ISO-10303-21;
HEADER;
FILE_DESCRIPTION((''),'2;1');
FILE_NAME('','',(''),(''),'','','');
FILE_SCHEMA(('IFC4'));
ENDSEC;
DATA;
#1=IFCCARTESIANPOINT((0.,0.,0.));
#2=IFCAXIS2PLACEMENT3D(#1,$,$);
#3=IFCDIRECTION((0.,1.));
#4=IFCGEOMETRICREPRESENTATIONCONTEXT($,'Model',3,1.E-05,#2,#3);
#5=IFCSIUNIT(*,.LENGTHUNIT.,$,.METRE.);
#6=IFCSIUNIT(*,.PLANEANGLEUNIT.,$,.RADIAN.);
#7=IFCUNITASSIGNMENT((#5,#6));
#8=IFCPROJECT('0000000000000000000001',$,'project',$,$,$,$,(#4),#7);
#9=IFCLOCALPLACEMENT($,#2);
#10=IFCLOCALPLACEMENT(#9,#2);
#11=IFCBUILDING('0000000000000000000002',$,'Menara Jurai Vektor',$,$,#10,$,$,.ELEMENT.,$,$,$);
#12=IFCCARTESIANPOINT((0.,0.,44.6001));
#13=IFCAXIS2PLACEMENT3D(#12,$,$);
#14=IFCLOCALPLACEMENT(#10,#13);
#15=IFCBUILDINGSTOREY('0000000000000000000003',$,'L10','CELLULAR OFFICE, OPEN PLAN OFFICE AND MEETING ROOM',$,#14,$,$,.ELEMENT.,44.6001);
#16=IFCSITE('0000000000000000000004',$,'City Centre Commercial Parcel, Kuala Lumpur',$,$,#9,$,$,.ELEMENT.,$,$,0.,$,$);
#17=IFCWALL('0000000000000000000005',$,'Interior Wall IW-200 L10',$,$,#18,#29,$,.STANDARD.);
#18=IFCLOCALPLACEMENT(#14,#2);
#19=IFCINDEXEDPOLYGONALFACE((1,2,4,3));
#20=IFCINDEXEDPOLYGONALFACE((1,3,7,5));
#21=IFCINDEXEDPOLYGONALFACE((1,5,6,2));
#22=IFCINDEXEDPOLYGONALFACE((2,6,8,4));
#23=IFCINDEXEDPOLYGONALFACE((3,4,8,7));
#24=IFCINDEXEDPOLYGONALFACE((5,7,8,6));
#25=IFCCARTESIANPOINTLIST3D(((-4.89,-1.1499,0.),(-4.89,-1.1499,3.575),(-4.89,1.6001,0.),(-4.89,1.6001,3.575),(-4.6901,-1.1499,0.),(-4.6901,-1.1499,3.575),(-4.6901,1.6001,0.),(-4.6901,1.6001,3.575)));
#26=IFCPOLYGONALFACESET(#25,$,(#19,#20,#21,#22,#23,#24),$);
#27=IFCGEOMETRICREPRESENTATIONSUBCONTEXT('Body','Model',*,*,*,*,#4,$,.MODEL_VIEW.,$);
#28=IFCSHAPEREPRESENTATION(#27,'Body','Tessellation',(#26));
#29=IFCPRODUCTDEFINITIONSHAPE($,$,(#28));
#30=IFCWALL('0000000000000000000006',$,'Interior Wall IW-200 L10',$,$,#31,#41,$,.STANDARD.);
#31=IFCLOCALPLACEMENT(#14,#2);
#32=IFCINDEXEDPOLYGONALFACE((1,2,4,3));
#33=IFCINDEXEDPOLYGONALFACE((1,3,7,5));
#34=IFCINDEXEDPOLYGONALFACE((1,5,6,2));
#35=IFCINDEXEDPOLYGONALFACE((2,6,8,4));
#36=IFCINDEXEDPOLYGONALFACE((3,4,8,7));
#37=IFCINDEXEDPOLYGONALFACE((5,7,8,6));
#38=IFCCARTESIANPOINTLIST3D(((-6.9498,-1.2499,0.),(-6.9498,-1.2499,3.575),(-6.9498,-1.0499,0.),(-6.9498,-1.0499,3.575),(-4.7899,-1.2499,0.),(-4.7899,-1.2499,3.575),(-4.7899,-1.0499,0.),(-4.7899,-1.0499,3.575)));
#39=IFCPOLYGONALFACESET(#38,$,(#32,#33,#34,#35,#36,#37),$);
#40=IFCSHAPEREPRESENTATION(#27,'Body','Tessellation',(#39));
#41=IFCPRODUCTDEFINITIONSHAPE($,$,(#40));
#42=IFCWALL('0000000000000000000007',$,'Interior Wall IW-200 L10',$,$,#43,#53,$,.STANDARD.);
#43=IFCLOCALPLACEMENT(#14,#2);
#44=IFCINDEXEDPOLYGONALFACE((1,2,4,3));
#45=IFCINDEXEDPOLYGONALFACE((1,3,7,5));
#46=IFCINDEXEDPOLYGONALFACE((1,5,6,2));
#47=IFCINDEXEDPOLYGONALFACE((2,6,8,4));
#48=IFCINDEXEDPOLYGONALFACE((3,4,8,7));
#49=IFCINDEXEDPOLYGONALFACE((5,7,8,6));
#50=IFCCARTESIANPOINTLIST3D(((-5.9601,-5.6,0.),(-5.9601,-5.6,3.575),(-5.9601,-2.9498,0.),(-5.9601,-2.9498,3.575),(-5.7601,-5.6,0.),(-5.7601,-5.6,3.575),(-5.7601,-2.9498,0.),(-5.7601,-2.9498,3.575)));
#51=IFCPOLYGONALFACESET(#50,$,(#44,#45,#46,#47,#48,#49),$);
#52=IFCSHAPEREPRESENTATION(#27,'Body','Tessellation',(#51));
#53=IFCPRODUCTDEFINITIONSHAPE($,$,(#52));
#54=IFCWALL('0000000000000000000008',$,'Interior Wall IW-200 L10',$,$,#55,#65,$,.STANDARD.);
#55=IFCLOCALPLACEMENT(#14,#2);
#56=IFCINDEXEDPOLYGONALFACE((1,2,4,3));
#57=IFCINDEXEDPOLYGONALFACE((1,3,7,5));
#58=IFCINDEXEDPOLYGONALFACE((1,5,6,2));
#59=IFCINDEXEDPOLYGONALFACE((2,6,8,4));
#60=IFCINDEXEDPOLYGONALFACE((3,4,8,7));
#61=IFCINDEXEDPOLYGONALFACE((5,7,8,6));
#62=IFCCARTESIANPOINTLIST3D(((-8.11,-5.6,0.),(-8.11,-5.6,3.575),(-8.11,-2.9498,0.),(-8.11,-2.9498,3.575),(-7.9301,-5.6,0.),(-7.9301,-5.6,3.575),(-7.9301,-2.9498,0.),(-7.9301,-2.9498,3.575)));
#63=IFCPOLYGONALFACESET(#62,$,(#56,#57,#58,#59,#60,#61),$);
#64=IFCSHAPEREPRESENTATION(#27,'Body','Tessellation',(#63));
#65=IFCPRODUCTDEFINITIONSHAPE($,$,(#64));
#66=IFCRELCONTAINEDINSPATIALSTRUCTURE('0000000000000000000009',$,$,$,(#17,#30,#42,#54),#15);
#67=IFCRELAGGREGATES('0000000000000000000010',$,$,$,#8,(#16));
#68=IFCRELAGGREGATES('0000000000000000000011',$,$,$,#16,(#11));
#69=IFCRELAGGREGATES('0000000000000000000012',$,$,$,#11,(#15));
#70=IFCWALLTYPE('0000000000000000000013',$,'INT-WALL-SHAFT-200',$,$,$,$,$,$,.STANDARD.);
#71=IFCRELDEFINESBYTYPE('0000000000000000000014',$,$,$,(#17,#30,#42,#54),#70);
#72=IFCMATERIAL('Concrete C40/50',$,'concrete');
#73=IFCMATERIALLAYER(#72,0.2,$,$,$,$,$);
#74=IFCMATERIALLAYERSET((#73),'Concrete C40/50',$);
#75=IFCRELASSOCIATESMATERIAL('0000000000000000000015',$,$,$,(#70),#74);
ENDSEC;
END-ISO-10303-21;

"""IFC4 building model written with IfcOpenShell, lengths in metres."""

from ifc_helpers import new_model, si_unit, direction, frame, frame_2d, origin, place, context, subcontext, project, spatial, rectangle, extrude, material, layer, layer_set, type_object, element, save


model = new_model("IFC4")

# Units and contexts
model_context = context("Model", 3, precision=1e-05, world=origin(), true_north=direction((0.0, 1.0)))
body_context = subcontext(model_context, "Body", "Model", "MODEL_VIEW")
ifc_project = project(units=[si_unit("LENGTHUNIT", "METRE"), si_unit("PLANEANGLEUNIT", "RADIAN")], contexts=[model_context])

# Site, building, storey
site_placement = place(None, origin())
site = spatial("IfcSite", under=ifc_project, at=site_placement, Name="City Centre Commercial Parcel, Kuala Lumpur", CompositionType="ELEMENT", RefElevation=0.0)
building_placement = place(site_placement, origin())
building = spatial("IfcBuilding", under=site, at=building_placement, Name="Menara Jurai Vektor", CompositionType="ELEMENT")
storey_placement = place(building_placement, frame((0.0, 0.0, 44.6001)))
storey = spatial("IfcBuildingStorey", under=building, at=storey_placement, Name="L10", Description="CELLULAR OFFICE, OPEN PLAN OFFICE AND MEETING ROOM", CompositionType="ELEMENT", Elevation=44.6001)

# Shared definitions
ifc_material_1 = material(Name="Concrete C40/50", Category="concrete")
ifc_layer_1 = layer(ifc_material_1, 0.2)
ifc_layer_set_1 = layer_set([ifc_layer_1], Name="Concrete C40/50")
wall_type_1 = type_object("IfcWallType", Name="INT-WALL-SHAFT-200", PredefinedType="STANDARD", material=ifc_layer_set_1)

# Walls
for number, where, z_axis, x_axis, name in (
    (1, (-4.79, -1.1499, 0.0), (0.0, 0.0, 1.0), (0.0, 1.0, 0.0), "Interior Wall IW-200 L10"),
):
    element("IfcWall", number, at=place(storey_placement, frame(where, z_axis=z_axis, x_axis=x_axis)), inside=storey, type_object=wall_type_1, Name=name, PredefinedType="STANDARD", context=body_context, shape_type="SweptSolid", body=[
        extrude(rectangle(XDim=2.75, YDim=0.2, at=frame_2d((1.375, 0.0))), origin(), (0.0, 0.0, 1.0), 3.575),
    ])
wall_1_placement = place(storey_placement, frame((-6.95, -1.1499, 0.0), z_axis=(0.0, 0.0, 1.0), x_axis=(1.0, 0.0, 0.0)))
element("IfcWall", 2, at=wall_1_placement, inside=storey, type_object=wall_type_1, Name="Interior Wall IW-200 L10", PredefinedType="STANDARD", context=body_context, shape_type="SweptSolid", body=[
    extrude(rectangle(XDim=2.1599, YDim=0.2, at=frame_2d((1.0801, 0.0))), origin(), (0.0, 0.0, 1.0), 3.575),
])
wall_2_placement = place(storey_placement, frame((-5.8601, -5.6001, 0.0), z_axis=(0.0, 0.0, 1.0), x_axis=(0.0, 1.0, 0.0)))
element("IfcWall", 3, at=wall_2_placement, inside=storey, type_object=wall_type_1, Name="Interior Wall IW-200 L10", PredefinedType="STANDARD", context=body_context, shape_type="SweptSolid", body=[
    extrude(rectangle(XDim=2.6501, YDim=0.2, at=frame_2d((1.3252, 0.0))), origin(), (0.0, 0.0, 1.0), 3.575),
])
wall_3_placement = place(storey_placement, frame((-8.02, -5.6001, 0.0), z_axis=(0.0, 0.0, 1.0), x_axis=(0.0, 1.0, 0.0)))
element("IfcWall", 4, at=wall_3_placement, inside=storey, type_object=wall_type_1, Name="Interior Wall IW-200 L10", PredefinedType="STANDARD", context=body_context, shape_type="SweptSolid", body=[
    extrude(rectangle(XDim=2.6501, YDim=0.1799, at=frame_2d((1.3252, 0.0))), origin(), (0.0, 0.0, 1.0), 3.575),
])

save(model, "model.ifc")
